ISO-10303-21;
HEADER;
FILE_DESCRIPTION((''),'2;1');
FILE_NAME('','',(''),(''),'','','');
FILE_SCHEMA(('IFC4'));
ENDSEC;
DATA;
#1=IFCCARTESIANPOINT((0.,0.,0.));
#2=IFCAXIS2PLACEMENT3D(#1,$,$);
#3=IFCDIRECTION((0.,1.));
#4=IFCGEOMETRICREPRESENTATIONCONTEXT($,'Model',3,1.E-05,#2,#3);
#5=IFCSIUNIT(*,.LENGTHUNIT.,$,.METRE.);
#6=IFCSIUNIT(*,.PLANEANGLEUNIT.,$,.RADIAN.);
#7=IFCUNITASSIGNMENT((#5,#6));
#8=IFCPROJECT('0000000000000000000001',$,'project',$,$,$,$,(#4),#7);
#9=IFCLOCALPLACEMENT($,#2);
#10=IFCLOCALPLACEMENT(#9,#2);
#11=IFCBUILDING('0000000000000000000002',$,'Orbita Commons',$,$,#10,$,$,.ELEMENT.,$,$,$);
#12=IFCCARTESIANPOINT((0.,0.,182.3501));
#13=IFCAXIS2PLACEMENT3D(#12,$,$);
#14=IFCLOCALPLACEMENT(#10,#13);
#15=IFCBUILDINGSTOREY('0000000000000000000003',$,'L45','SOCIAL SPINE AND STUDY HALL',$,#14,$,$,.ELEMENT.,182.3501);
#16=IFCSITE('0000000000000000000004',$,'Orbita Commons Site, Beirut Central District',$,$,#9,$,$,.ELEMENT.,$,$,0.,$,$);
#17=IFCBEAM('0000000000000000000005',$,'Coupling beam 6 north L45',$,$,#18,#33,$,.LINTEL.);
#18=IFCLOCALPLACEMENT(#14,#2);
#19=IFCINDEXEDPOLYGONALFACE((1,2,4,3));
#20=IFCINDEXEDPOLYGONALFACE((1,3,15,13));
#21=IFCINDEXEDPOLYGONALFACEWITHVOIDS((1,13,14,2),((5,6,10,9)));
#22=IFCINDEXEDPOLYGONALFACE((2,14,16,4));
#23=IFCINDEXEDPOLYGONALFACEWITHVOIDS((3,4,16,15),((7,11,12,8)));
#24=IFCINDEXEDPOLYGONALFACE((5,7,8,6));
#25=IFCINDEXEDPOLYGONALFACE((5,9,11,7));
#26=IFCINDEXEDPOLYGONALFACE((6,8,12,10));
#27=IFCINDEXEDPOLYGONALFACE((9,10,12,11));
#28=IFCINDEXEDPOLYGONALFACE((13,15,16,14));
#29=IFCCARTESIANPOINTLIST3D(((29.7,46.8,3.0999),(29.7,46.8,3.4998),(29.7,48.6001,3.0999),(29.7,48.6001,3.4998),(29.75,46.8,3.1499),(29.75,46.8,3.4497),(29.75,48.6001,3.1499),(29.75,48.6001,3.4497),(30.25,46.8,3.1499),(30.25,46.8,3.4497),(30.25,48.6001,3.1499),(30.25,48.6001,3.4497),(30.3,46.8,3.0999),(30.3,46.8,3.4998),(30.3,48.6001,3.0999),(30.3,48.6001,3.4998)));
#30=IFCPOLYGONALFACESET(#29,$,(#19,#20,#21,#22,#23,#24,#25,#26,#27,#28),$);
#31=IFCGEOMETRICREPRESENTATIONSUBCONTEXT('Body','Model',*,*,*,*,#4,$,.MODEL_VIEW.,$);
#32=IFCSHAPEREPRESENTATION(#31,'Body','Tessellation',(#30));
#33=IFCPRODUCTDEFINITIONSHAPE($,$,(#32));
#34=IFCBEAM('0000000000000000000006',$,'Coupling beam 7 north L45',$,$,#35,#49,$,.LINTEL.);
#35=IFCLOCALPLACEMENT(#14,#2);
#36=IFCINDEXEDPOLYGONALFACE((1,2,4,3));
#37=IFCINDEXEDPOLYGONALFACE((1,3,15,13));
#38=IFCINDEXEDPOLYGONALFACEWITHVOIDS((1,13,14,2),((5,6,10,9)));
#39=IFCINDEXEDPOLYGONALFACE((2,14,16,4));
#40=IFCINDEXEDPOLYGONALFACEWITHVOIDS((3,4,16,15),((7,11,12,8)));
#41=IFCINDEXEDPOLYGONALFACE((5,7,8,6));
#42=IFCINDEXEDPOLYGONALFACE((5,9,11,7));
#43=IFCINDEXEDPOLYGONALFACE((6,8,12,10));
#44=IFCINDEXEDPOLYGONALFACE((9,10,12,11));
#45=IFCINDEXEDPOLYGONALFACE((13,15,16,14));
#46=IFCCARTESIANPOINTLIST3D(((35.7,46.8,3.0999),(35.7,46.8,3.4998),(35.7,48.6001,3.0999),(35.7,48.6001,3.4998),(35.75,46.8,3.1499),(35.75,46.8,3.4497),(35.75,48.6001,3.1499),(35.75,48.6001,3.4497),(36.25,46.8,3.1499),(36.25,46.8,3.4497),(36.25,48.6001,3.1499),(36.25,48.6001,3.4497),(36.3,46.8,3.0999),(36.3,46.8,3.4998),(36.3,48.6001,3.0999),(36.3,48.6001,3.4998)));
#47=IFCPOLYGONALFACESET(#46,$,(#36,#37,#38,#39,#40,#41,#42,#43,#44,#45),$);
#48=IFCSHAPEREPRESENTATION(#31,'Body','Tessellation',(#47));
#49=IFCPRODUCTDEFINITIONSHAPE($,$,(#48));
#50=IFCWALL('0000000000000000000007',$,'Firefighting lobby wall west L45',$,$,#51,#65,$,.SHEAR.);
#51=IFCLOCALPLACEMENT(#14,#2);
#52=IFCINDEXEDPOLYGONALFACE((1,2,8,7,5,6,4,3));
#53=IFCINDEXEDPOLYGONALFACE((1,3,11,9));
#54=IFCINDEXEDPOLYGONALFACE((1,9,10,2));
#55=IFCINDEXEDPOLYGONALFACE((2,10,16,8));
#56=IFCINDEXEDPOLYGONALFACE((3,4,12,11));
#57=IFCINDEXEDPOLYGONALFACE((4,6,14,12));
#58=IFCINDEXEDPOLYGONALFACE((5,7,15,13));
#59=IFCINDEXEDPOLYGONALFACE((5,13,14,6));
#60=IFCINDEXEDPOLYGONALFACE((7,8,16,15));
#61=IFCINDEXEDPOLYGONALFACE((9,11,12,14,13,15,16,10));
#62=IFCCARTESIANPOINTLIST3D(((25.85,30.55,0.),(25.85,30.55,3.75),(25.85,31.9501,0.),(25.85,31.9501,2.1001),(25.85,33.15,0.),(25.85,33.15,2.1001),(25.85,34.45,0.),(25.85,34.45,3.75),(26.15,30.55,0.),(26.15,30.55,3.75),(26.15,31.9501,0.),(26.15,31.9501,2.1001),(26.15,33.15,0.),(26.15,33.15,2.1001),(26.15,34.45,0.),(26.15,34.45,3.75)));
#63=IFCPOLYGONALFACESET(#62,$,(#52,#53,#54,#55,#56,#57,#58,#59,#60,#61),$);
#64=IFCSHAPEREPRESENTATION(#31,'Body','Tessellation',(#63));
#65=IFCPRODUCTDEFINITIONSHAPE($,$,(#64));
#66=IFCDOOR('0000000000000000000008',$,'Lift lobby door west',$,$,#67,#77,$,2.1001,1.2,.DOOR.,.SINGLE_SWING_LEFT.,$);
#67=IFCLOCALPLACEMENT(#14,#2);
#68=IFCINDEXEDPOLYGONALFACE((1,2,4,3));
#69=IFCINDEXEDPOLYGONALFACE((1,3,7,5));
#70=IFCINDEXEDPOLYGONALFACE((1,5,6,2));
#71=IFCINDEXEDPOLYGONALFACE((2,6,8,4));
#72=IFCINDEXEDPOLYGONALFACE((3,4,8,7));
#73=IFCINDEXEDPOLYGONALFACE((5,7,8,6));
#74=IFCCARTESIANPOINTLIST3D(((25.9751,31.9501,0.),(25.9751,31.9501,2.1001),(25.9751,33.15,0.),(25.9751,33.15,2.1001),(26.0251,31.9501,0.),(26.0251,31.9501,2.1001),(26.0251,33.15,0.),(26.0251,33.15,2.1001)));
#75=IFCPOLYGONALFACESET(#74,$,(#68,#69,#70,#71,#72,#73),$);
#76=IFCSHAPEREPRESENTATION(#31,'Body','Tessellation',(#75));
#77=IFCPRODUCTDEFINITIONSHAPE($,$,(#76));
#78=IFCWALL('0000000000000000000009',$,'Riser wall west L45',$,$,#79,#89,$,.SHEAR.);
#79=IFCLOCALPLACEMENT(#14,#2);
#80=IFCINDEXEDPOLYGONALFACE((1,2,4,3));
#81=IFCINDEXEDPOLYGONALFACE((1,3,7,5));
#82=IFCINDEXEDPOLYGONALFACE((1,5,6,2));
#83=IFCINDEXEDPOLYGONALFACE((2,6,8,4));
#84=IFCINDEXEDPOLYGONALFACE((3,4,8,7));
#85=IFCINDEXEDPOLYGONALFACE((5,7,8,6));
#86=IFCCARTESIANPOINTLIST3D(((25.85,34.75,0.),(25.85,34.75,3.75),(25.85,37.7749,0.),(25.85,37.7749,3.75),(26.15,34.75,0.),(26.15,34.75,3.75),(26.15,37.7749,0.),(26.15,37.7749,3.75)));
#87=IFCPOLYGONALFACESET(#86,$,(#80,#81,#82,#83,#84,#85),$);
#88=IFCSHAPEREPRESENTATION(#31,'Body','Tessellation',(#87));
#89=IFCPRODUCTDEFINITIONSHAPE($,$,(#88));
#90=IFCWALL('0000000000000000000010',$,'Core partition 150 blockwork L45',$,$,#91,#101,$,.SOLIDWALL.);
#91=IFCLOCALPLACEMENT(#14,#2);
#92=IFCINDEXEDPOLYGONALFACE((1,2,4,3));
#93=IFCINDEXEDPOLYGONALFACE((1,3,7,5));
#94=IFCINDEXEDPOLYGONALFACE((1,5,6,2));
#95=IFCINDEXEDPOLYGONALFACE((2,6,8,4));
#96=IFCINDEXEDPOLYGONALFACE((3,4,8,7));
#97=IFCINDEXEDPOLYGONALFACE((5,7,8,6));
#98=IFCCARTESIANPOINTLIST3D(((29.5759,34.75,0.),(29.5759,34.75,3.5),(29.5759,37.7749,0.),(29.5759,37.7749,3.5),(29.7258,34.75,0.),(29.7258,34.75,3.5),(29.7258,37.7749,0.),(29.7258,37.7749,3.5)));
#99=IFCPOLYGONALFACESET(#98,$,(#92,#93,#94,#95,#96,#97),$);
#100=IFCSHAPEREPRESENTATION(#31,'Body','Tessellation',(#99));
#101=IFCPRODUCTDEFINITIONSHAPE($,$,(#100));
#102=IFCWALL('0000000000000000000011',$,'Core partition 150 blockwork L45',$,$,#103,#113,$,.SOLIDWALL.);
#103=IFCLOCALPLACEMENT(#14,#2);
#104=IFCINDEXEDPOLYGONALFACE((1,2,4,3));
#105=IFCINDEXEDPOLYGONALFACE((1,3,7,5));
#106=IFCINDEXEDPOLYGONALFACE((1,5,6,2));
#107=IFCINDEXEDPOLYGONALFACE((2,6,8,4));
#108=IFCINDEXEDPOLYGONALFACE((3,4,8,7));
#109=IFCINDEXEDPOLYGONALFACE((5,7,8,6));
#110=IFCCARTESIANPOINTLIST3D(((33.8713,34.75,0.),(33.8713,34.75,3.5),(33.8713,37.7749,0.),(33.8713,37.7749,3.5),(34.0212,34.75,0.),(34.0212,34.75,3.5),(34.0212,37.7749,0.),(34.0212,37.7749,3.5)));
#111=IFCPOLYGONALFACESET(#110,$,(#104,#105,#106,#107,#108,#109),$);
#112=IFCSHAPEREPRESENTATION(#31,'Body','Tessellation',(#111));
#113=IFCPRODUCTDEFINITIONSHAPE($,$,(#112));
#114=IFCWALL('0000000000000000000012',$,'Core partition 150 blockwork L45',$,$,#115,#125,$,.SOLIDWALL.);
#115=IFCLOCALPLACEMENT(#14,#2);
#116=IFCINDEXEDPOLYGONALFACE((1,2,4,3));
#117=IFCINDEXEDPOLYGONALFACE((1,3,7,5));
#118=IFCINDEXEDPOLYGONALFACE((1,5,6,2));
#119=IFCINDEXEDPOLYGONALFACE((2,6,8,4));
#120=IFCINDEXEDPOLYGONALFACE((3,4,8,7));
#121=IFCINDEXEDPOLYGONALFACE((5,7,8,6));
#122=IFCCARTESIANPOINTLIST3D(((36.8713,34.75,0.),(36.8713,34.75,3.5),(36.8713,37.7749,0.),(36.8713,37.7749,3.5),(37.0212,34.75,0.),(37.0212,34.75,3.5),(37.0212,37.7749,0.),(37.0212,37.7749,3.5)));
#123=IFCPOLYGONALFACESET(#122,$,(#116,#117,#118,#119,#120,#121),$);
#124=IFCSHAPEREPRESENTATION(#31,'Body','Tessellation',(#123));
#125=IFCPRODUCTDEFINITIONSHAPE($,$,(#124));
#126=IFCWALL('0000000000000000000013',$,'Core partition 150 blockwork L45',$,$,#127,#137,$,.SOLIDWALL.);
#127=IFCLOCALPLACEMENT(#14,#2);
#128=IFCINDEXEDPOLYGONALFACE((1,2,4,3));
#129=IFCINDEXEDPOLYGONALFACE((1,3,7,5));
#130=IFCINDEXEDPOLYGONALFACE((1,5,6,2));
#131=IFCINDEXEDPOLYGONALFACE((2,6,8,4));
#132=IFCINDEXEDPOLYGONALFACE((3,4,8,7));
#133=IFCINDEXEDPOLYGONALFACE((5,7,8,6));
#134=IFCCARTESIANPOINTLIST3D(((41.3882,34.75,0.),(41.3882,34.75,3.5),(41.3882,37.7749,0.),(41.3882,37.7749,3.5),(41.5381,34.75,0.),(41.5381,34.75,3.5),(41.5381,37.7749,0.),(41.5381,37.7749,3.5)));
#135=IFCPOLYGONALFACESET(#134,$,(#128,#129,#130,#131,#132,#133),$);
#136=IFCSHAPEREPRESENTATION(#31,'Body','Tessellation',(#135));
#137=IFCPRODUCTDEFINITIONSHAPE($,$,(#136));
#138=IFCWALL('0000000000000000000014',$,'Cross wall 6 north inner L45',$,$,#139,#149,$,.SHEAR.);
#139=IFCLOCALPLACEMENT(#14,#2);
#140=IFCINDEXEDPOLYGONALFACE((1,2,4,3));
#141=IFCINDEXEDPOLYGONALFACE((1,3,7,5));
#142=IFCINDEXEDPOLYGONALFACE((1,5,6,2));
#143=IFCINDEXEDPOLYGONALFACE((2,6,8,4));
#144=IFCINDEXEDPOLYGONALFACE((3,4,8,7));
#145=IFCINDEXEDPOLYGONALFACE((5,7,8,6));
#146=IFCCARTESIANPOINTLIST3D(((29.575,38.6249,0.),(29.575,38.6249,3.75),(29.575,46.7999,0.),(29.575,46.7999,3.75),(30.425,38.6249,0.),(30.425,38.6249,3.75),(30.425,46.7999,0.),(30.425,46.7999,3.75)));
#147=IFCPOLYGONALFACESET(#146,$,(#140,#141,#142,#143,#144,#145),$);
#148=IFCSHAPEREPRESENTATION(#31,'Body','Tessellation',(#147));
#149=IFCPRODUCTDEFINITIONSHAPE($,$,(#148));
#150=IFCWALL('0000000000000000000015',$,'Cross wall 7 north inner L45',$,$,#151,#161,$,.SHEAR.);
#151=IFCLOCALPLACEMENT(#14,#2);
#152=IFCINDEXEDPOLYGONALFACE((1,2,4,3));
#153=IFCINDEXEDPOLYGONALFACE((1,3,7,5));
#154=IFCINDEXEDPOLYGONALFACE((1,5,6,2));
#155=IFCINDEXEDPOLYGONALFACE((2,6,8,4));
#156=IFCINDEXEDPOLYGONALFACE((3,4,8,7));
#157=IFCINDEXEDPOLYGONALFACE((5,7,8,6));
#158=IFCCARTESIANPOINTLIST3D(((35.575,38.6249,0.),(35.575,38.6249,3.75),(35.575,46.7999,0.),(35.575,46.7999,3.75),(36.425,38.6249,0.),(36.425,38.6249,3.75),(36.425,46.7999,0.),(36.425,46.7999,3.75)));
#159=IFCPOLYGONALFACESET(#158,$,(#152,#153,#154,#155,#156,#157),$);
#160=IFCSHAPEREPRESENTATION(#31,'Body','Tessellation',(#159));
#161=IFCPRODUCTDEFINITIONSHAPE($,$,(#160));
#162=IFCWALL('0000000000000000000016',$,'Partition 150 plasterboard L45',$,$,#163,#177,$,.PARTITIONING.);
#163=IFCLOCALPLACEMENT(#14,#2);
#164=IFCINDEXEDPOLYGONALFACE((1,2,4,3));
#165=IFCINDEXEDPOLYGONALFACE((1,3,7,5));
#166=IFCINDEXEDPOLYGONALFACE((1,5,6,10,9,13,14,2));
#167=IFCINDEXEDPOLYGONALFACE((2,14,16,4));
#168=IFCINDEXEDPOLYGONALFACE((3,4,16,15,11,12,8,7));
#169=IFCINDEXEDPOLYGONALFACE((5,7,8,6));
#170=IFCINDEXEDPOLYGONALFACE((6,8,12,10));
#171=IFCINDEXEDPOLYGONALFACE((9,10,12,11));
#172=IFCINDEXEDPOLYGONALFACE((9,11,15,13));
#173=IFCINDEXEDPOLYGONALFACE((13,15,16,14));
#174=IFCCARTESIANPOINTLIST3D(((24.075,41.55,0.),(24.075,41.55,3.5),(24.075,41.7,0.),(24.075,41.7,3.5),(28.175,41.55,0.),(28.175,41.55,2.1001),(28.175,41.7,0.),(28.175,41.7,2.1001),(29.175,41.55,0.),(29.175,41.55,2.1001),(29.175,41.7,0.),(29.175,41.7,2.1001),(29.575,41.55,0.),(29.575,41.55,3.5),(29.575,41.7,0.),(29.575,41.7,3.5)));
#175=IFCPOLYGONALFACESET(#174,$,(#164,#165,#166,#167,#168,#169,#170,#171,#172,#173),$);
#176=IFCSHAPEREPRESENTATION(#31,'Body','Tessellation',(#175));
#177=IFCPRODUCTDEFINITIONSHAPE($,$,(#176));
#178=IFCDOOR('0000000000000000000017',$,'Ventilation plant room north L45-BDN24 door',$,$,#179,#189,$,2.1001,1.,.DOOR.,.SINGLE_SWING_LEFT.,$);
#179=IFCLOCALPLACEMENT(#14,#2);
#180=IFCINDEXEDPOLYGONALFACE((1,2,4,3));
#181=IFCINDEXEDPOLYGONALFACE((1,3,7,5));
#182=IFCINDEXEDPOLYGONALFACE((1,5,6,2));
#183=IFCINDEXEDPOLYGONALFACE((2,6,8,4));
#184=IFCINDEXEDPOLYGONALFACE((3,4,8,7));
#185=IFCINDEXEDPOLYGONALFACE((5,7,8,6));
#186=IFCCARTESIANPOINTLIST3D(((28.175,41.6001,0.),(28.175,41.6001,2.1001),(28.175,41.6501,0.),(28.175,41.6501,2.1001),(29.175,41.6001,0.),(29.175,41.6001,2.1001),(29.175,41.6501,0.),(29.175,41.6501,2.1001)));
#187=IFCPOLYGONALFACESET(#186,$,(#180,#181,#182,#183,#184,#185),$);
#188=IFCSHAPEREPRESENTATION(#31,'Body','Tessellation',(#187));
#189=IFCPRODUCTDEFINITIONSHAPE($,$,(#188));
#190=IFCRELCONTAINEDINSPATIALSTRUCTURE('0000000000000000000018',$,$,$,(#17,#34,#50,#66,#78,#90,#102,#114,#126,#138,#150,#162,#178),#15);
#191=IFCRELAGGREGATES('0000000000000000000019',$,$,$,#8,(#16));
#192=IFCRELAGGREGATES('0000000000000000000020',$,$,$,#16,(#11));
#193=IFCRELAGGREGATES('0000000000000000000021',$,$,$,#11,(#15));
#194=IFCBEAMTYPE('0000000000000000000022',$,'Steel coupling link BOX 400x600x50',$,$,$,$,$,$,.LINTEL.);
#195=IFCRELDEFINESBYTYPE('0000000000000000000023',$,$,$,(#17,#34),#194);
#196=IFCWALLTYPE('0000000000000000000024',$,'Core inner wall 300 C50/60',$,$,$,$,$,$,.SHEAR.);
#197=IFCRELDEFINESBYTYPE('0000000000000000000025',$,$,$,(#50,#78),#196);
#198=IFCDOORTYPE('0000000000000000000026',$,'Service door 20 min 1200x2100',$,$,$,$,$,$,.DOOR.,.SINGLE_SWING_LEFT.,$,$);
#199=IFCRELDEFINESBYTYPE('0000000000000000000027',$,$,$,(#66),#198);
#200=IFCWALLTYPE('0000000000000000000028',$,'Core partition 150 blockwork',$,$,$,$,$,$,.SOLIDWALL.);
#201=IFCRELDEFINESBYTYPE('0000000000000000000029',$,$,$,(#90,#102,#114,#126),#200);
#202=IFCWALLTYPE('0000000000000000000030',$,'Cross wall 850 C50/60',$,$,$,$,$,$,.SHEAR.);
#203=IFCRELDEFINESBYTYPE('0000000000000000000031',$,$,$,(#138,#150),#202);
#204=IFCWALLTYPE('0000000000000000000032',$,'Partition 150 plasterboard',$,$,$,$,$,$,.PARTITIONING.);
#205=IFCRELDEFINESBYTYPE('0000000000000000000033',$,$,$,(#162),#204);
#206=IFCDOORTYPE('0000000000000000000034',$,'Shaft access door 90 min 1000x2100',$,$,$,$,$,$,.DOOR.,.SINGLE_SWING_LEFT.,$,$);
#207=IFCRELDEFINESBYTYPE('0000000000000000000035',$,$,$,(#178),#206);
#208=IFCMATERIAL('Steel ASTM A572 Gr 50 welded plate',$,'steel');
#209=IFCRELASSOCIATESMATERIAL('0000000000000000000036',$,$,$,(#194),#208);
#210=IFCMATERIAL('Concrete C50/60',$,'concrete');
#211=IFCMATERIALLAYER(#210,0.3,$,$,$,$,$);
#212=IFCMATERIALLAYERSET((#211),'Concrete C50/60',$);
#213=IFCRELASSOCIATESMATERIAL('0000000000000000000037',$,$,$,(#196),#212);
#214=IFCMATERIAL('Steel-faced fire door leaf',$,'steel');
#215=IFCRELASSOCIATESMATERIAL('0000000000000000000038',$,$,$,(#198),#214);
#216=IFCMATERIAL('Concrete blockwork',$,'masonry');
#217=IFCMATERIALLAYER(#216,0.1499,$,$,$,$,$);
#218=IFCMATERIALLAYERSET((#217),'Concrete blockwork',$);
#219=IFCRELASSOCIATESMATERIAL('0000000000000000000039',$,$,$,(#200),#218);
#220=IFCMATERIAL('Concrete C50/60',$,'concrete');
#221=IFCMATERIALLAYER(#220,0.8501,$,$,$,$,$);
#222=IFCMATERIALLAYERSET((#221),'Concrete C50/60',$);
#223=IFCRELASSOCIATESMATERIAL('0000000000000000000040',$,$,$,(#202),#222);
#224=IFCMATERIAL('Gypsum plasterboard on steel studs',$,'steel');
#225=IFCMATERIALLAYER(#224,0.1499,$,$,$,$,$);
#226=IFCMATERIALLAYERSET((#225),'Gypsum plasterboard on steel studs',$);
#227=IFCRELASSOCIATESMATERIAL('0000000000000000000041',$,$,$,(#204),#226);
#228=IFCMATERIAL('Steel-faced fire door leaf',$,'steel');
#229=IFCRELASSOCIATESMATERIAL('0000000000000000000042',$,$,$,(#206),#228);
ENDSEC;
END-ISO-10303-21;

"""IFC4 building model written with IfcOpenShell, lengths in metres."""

from ifc_helpers import new_model, si_unit, direction, frame, frame_2d, origin, origin_2d, place, context, subcontext, project, spatial, rectangle, hollow_rectangle, extrude, material, layer, layer_set, material_profile, profile_set, type_object, element, fill, save


model = new_model("IFC4")

# Units and contexts
model_context = context("Model", 3, precision=1e-05, world=origin(), true_north=direction((0.0, 1.0)))
body_context = subcontext(model_context, "Body", "Model", "MODEL_VIEW")
ifc_project = project(units=[si_unit("LENGTHUNIT", "METRE"), si_unit("PLANEANGLEUNIT", "RADIAN")], contexts=[model_context])

# Site, building, storey
site_placement = place(None, origin())
site = spatial("IfcSite", under=ifc_project, at=site_placement, Name="Orbita Commons Site, Beirut Central District", CompositionType="ELEMENT", RefElevation=0.0)
building_placement = place(site_placement, origin())
building = spatial("IfcBuilding", under=site, at=building_placement, Name="Orbita Commons", CompositionType="ELEMENT")
storey_placement = place(building_placement, frame((0.0, 0.0, 182.3501)))
storey = spatial("IfcBuildingStorey", under=building, at=storey_placement, Name="L45", Description="SOCIAL SPINE AND STUDY HALL", CompositionType="ELEMENT", Elevation=182.3501)

# Beams
ifc_material_1 = material(Name="Steel ASTM A572 Gr 50 welded plate", Category="steel")
ifc_material_profile = material_profile(ifc_material_1, hollow_rectangle(XDim=0.6001, YDim=0.3999, WallThickness=0.05, at=origin_2d()), Name="BOX 400x600x50")
ifc_profile_set = profile_set([ifc_material_profile], Name="Steel ASTM A572 Gr 50 welded plate")
beam_type = type_object("IfcBeamType", Name="Steel coupling link BOX 400x600x50", PredefinedType="LINTEL", material=ifc_profile_set)
for number, where, z_axis, x_axis, name in (
    (1, (30.0, 46.8, 3.2998), (0.0, 1.0, 0.0), (-1.0, 0.0, 0.0), "Coupling beam 6 north L45"),
    (2, (36.0, 46.8, 3.2998), (0.0, 1.0, 0.0), (-1.0, 0.0, 0.0), "Coupling beam 7 north L45"),
):
    element("IfcBeam", number, at=place(storey_placement, frame(where, z_axis=z_axis, x_axis=x_axis)), inside=storey, type_object=beam_type, Name=name, PredefinedType="LINTEL", context=body_context, shape_type="SweptSolid", body=[
        extrude(hollow_rectangle(XDim=0.6001, YDim=0.3999, WallThickness=0.05, at=origin_2d()), origin(), (0.0, 0.0, 1.0), 1.8),
    ])

# Wall, opening, door
ifc_material_2 = material(Name="Concrete C50/60", Category="concrete")
ifc_layer_1 = layer(ifc_material_2, 0.3)
ifc_layer_set_1 = layer_set([ifc_layer_1], Name="Concrete C50/60")
wall_type_1 = type_object("IfcWallType", Name="Core inner wall 300 C50/60", PredefinedType="SHEAR", material=ifc_layer_set_1)
wall_1_placement = place(storey_placement, frame((26.0, 30.55, 0.0), z_axis=(0.0, 0.0, 1.0), x_axis=(0.0, 1.0, 0.0)))
wall_1 = element("IfcWall", 3, at=wall_1_placement, inside=storey, type_object=wall_type_1, Name="Firefighting lobby wall west L45", PredefinedType="SHEAR", context=body_context, shape_type="SweptSolid", body=[
    extrude(rectangle(XDim=3.8999, YDim=0.3, at=frame_2d((1.95, 0.0))), origin(), (0.0, 0.0, 1.0), 3.75),
])
opening_1_placement = place(wall_1_placement, frame((1.3999, 0.0, 0.0)))
opening_1 = element("IfcOpeningElement", 4, at=opening_1_placement, cuts=wall_1, PredefinedType="OPENING", context=body_context, shape_type="SweptSolid", body=[
    extrude(rectangle(XDim=1.2, YDim=2.1001, at=frame_2d((0.6001, 1.05))), frame((0.0, 0.1599, 0.0), z_axis=(0.0, -1.0, 0.0), x_axis=(1.0, 0.0, 0.0)), (0.0, 0.0, 1.0), 0.3201),
])
ifc_material_3 = material(Name="Steel-faced fire door leaf", Category="steel")
door_type_1 = type_object("IfcDoorType", Name="Service door 20 min 1200x2100", OperationType="SINGLE_SWING_LEFT", PredefinedType="DOOR", material=ifc_material_3)
door_1_placement = place(opening_1_placement, origin())
door_1 = element("IfcDoor", 5, at=door_1_placement, inside=storey, type_object=door_type_1, Name="Lift lobby door west", OperationType="SINGLE_SWING_LEFT", OverallHeight=2.1001, OverallWidth=1.2, PredefinedType="DOOR", context=body_context, shape_type="SweptSolid", body=[
    extrude(rectangle(XDim=1.2, YDim=2.1001, at=frame_2d((0.6001, 1.05))), frame((0.0, 0.0249, 0.0), z_axis=(0.0, -1.0, 0.0), x_axis=(1.0, 0.0, 0.0)), (0.0, 0.0, 1.0), 0.05),
])
fill(opening_1, door_1)

# Walls
wall_2_placement = place(storey_placement, frame((26.0, 34.75, 0.0), z_axis=(0.0, 0.0, 1.0), x_axis=(0.0, 1.0, 0.0)))
element("IfcWall", 6, at=wall_2_placement, inside=storey, type_object=wall_type_1, Name="Riser wall west L45", PredefinedType="SHEAR", context=body_context, shape_type="SweptSolid", body=[
    extrude(rectangle(XDim=3.0249, YDim=0.3, at=frame_2d((1.5125, 0.0))), origin(), (0.0, 0.0, 1.0), 3.75),
])
ifc_material_4 = material(Name="Concrete blockwork", Category="masonry")
ifc_layer_2 = layer(ifc_material_4, 0.1499)
ifc_layer_set_2 = layer_set([ifc_layer_2], Name="Concrete blockwork")
wall_type_2 = type_object("IfcWallType", Name="Core partition 150 blockwork", PredefinedType="SOLIDWALL", material=ifc_layer_set_2)
for number, where, z_axis, x_axis, name in (
    (7, (29.6509, 34.75, 0.0), (0.0, 0.0, 1.0), (0.0, 1.0, 0.0), "Core partition 150 blockwork L45"),
    (8, (33.9463, 34.75, 0.0), (0.0, 0.0, 1.0), (0.0, 1.0, 0.0), "Core partition 150 blockwork L45"),
    (9, (36.9463, 34.75, 0.0), (0.0, 0.0, 1.0), (0.0, 1.0, 0.0), "Core partition 150 blockwork L45"),
    (10, (41.4631, 34.75, 0.0), (0.0, 0.0, 1.0), (0.0, 1.0, 0.0), "Core partition 150 blockwork L45"),
):
    element("IfcWall", number, at=place(storey_placement, frame(where, z_axis=z_axis, x_axis=x_axis)), inside=storey, type_object=wall_type_2, Name=name, PredefinedType="SOLIDWALL", context=body_context, shape_type="SweptSolid", body=[
        extrude(rectangle(XDim=3.0249, YDim=0.1499, at=frame_2d((1.5125, 0.0))), origin(), (0.0, 0.0, 1.0), 3.5),
    ])
ifc_material_5 = material(Name="Concrete C50/60", Category="concrete")
ifc_layer_3 = layer(ifc_material_5, 0.8501)
ifc_layer_set_3 = layer_set([ifc_layer_3], Name="Concrete C50/60")
wall_type_3 = type_object("IfcWallType", Name="Cross wall 850 C50/60", PredefinedType="SHEAR", material=ifc_layer_set_3)
for number, where, z_axis, x_axis, name in (
    (11, (30.0, 38.625, 0.0), (0.0, 0.0, 1.0), (0.0, 1.0, 0.0), "Cross wall 6 north inner L45"),
    (12, (36.0, 38.625, 0.0), (0.0, 0.0, 1.0), (0.0, 1.0, 0.0), "Cross wall 7 north inner L45"),
):
    element("IfcWall", number, at=place(storey_placement, frame(where, z_axis=z_axis, x_axis=x_axis)), inside=storey, type_object=wall_type_3, Name=name, PredefinedType="SHEAR", context=body_context, shape_type="SweptSolid", body=[
        extrude(rectangle(XDim=8.175, YDim=0.8501, at=frame_2d((4.0874, 0.0))), origin(), (0.0, 0.0, 1.0), 3.75),
    ])

# Wall, opening, door
ifc_material_6 = material(Name="Gypsum plasterboard on steel studs", Category="steel")
ifc_layer_4 = layer(ifc_material_6, 0.1499)
ifc_layer_set_4 = layer_set([ifc_layer_4], Name="Gypsum plasterboard on steel studs")
wall_type_4 = type_object("IfcWallType", Name="Partition 150 plasterboard", PredefinedType="PARTITIONING", material=ifc_layer_set_4)
wall_3_placement = place(storey_placement, frame((29.575, 41.625, 0.0), z_axis=(0.0, 0.0, 1.0), x_axis=(-1.0, 0.0, 0.0)))
wall_3 = element("IfcWall", 13, at=wall_3_placement, inside=storey, type_object=wall_type_4, Name="Partition 150 plasterboard L45", PredefinedType="PARTITIONING", context=body_context, shape_type="SweptSolid", body=[
    extrude(rectangle(XDim=5.5, YDim=0.1499, at=frame_2d((2.75, 0.0))), origin(), (0.0, 0.0, 1.0), 3.5),
])
opening_2_placement = place(wall_3_placement, frame((0.3999, 0.0, 0.0)))
opening_2 = element("IfcOpeningElement", 14, at=opening_2_placement, cuts=wall_3, PredefinedType="OPENING", context=body_context, shape_type="SweptSolid", body=[
    extrude(rectangle(XDim=1.0, YDim=2.1001, at=frame_2d((0.5, 1.05))), frame((0.0, 0.085, 0.0), z_axis=(0.0, -1.0, 0.0), x_axis=(1.0, 0.0, 0.0)), (0.0, 0.0, 1.0), 0.1699),
])
ifc_material_7 = material(Name="Steel-faced fire door leaf", Category="steel")
door_type_2 = type_object("IfcDoorType", Name="Shaft access door 90 min 1000x2100", OperationType="SINGLE_SWING_LEFT", PredefinedType="DOOR", material=ifc_material_7)
door_2_placement = place(opening_2_placement, origin())
door_2 = element("IfcDoor", 15, at=door_2_placement, inside=storey, type_object=door_type_2, Name="Ventilation plant room north L45-BDN24 door", OperationType="SINGLE_SWING_LEFT", OverallHeight=2.1001, OverallWidth=1.0, PredefinedType="DOOR", context=body_context, shape_type="SweptSolid", body=[
    extrude(rectangle(XDim=1.0, YDim=2.1001, at=frame_2d((0.5, 1.05))), frame((0.0, 0.0249, 0.0), z_axis=(0.0, -1.0, 0.0), x_axis=(1.0, 0.0, 0.0)), (0.0, 0.0, 1.0), 0.05),
])
fill(opening_2, door_2)

save(model, "model.ifc")
